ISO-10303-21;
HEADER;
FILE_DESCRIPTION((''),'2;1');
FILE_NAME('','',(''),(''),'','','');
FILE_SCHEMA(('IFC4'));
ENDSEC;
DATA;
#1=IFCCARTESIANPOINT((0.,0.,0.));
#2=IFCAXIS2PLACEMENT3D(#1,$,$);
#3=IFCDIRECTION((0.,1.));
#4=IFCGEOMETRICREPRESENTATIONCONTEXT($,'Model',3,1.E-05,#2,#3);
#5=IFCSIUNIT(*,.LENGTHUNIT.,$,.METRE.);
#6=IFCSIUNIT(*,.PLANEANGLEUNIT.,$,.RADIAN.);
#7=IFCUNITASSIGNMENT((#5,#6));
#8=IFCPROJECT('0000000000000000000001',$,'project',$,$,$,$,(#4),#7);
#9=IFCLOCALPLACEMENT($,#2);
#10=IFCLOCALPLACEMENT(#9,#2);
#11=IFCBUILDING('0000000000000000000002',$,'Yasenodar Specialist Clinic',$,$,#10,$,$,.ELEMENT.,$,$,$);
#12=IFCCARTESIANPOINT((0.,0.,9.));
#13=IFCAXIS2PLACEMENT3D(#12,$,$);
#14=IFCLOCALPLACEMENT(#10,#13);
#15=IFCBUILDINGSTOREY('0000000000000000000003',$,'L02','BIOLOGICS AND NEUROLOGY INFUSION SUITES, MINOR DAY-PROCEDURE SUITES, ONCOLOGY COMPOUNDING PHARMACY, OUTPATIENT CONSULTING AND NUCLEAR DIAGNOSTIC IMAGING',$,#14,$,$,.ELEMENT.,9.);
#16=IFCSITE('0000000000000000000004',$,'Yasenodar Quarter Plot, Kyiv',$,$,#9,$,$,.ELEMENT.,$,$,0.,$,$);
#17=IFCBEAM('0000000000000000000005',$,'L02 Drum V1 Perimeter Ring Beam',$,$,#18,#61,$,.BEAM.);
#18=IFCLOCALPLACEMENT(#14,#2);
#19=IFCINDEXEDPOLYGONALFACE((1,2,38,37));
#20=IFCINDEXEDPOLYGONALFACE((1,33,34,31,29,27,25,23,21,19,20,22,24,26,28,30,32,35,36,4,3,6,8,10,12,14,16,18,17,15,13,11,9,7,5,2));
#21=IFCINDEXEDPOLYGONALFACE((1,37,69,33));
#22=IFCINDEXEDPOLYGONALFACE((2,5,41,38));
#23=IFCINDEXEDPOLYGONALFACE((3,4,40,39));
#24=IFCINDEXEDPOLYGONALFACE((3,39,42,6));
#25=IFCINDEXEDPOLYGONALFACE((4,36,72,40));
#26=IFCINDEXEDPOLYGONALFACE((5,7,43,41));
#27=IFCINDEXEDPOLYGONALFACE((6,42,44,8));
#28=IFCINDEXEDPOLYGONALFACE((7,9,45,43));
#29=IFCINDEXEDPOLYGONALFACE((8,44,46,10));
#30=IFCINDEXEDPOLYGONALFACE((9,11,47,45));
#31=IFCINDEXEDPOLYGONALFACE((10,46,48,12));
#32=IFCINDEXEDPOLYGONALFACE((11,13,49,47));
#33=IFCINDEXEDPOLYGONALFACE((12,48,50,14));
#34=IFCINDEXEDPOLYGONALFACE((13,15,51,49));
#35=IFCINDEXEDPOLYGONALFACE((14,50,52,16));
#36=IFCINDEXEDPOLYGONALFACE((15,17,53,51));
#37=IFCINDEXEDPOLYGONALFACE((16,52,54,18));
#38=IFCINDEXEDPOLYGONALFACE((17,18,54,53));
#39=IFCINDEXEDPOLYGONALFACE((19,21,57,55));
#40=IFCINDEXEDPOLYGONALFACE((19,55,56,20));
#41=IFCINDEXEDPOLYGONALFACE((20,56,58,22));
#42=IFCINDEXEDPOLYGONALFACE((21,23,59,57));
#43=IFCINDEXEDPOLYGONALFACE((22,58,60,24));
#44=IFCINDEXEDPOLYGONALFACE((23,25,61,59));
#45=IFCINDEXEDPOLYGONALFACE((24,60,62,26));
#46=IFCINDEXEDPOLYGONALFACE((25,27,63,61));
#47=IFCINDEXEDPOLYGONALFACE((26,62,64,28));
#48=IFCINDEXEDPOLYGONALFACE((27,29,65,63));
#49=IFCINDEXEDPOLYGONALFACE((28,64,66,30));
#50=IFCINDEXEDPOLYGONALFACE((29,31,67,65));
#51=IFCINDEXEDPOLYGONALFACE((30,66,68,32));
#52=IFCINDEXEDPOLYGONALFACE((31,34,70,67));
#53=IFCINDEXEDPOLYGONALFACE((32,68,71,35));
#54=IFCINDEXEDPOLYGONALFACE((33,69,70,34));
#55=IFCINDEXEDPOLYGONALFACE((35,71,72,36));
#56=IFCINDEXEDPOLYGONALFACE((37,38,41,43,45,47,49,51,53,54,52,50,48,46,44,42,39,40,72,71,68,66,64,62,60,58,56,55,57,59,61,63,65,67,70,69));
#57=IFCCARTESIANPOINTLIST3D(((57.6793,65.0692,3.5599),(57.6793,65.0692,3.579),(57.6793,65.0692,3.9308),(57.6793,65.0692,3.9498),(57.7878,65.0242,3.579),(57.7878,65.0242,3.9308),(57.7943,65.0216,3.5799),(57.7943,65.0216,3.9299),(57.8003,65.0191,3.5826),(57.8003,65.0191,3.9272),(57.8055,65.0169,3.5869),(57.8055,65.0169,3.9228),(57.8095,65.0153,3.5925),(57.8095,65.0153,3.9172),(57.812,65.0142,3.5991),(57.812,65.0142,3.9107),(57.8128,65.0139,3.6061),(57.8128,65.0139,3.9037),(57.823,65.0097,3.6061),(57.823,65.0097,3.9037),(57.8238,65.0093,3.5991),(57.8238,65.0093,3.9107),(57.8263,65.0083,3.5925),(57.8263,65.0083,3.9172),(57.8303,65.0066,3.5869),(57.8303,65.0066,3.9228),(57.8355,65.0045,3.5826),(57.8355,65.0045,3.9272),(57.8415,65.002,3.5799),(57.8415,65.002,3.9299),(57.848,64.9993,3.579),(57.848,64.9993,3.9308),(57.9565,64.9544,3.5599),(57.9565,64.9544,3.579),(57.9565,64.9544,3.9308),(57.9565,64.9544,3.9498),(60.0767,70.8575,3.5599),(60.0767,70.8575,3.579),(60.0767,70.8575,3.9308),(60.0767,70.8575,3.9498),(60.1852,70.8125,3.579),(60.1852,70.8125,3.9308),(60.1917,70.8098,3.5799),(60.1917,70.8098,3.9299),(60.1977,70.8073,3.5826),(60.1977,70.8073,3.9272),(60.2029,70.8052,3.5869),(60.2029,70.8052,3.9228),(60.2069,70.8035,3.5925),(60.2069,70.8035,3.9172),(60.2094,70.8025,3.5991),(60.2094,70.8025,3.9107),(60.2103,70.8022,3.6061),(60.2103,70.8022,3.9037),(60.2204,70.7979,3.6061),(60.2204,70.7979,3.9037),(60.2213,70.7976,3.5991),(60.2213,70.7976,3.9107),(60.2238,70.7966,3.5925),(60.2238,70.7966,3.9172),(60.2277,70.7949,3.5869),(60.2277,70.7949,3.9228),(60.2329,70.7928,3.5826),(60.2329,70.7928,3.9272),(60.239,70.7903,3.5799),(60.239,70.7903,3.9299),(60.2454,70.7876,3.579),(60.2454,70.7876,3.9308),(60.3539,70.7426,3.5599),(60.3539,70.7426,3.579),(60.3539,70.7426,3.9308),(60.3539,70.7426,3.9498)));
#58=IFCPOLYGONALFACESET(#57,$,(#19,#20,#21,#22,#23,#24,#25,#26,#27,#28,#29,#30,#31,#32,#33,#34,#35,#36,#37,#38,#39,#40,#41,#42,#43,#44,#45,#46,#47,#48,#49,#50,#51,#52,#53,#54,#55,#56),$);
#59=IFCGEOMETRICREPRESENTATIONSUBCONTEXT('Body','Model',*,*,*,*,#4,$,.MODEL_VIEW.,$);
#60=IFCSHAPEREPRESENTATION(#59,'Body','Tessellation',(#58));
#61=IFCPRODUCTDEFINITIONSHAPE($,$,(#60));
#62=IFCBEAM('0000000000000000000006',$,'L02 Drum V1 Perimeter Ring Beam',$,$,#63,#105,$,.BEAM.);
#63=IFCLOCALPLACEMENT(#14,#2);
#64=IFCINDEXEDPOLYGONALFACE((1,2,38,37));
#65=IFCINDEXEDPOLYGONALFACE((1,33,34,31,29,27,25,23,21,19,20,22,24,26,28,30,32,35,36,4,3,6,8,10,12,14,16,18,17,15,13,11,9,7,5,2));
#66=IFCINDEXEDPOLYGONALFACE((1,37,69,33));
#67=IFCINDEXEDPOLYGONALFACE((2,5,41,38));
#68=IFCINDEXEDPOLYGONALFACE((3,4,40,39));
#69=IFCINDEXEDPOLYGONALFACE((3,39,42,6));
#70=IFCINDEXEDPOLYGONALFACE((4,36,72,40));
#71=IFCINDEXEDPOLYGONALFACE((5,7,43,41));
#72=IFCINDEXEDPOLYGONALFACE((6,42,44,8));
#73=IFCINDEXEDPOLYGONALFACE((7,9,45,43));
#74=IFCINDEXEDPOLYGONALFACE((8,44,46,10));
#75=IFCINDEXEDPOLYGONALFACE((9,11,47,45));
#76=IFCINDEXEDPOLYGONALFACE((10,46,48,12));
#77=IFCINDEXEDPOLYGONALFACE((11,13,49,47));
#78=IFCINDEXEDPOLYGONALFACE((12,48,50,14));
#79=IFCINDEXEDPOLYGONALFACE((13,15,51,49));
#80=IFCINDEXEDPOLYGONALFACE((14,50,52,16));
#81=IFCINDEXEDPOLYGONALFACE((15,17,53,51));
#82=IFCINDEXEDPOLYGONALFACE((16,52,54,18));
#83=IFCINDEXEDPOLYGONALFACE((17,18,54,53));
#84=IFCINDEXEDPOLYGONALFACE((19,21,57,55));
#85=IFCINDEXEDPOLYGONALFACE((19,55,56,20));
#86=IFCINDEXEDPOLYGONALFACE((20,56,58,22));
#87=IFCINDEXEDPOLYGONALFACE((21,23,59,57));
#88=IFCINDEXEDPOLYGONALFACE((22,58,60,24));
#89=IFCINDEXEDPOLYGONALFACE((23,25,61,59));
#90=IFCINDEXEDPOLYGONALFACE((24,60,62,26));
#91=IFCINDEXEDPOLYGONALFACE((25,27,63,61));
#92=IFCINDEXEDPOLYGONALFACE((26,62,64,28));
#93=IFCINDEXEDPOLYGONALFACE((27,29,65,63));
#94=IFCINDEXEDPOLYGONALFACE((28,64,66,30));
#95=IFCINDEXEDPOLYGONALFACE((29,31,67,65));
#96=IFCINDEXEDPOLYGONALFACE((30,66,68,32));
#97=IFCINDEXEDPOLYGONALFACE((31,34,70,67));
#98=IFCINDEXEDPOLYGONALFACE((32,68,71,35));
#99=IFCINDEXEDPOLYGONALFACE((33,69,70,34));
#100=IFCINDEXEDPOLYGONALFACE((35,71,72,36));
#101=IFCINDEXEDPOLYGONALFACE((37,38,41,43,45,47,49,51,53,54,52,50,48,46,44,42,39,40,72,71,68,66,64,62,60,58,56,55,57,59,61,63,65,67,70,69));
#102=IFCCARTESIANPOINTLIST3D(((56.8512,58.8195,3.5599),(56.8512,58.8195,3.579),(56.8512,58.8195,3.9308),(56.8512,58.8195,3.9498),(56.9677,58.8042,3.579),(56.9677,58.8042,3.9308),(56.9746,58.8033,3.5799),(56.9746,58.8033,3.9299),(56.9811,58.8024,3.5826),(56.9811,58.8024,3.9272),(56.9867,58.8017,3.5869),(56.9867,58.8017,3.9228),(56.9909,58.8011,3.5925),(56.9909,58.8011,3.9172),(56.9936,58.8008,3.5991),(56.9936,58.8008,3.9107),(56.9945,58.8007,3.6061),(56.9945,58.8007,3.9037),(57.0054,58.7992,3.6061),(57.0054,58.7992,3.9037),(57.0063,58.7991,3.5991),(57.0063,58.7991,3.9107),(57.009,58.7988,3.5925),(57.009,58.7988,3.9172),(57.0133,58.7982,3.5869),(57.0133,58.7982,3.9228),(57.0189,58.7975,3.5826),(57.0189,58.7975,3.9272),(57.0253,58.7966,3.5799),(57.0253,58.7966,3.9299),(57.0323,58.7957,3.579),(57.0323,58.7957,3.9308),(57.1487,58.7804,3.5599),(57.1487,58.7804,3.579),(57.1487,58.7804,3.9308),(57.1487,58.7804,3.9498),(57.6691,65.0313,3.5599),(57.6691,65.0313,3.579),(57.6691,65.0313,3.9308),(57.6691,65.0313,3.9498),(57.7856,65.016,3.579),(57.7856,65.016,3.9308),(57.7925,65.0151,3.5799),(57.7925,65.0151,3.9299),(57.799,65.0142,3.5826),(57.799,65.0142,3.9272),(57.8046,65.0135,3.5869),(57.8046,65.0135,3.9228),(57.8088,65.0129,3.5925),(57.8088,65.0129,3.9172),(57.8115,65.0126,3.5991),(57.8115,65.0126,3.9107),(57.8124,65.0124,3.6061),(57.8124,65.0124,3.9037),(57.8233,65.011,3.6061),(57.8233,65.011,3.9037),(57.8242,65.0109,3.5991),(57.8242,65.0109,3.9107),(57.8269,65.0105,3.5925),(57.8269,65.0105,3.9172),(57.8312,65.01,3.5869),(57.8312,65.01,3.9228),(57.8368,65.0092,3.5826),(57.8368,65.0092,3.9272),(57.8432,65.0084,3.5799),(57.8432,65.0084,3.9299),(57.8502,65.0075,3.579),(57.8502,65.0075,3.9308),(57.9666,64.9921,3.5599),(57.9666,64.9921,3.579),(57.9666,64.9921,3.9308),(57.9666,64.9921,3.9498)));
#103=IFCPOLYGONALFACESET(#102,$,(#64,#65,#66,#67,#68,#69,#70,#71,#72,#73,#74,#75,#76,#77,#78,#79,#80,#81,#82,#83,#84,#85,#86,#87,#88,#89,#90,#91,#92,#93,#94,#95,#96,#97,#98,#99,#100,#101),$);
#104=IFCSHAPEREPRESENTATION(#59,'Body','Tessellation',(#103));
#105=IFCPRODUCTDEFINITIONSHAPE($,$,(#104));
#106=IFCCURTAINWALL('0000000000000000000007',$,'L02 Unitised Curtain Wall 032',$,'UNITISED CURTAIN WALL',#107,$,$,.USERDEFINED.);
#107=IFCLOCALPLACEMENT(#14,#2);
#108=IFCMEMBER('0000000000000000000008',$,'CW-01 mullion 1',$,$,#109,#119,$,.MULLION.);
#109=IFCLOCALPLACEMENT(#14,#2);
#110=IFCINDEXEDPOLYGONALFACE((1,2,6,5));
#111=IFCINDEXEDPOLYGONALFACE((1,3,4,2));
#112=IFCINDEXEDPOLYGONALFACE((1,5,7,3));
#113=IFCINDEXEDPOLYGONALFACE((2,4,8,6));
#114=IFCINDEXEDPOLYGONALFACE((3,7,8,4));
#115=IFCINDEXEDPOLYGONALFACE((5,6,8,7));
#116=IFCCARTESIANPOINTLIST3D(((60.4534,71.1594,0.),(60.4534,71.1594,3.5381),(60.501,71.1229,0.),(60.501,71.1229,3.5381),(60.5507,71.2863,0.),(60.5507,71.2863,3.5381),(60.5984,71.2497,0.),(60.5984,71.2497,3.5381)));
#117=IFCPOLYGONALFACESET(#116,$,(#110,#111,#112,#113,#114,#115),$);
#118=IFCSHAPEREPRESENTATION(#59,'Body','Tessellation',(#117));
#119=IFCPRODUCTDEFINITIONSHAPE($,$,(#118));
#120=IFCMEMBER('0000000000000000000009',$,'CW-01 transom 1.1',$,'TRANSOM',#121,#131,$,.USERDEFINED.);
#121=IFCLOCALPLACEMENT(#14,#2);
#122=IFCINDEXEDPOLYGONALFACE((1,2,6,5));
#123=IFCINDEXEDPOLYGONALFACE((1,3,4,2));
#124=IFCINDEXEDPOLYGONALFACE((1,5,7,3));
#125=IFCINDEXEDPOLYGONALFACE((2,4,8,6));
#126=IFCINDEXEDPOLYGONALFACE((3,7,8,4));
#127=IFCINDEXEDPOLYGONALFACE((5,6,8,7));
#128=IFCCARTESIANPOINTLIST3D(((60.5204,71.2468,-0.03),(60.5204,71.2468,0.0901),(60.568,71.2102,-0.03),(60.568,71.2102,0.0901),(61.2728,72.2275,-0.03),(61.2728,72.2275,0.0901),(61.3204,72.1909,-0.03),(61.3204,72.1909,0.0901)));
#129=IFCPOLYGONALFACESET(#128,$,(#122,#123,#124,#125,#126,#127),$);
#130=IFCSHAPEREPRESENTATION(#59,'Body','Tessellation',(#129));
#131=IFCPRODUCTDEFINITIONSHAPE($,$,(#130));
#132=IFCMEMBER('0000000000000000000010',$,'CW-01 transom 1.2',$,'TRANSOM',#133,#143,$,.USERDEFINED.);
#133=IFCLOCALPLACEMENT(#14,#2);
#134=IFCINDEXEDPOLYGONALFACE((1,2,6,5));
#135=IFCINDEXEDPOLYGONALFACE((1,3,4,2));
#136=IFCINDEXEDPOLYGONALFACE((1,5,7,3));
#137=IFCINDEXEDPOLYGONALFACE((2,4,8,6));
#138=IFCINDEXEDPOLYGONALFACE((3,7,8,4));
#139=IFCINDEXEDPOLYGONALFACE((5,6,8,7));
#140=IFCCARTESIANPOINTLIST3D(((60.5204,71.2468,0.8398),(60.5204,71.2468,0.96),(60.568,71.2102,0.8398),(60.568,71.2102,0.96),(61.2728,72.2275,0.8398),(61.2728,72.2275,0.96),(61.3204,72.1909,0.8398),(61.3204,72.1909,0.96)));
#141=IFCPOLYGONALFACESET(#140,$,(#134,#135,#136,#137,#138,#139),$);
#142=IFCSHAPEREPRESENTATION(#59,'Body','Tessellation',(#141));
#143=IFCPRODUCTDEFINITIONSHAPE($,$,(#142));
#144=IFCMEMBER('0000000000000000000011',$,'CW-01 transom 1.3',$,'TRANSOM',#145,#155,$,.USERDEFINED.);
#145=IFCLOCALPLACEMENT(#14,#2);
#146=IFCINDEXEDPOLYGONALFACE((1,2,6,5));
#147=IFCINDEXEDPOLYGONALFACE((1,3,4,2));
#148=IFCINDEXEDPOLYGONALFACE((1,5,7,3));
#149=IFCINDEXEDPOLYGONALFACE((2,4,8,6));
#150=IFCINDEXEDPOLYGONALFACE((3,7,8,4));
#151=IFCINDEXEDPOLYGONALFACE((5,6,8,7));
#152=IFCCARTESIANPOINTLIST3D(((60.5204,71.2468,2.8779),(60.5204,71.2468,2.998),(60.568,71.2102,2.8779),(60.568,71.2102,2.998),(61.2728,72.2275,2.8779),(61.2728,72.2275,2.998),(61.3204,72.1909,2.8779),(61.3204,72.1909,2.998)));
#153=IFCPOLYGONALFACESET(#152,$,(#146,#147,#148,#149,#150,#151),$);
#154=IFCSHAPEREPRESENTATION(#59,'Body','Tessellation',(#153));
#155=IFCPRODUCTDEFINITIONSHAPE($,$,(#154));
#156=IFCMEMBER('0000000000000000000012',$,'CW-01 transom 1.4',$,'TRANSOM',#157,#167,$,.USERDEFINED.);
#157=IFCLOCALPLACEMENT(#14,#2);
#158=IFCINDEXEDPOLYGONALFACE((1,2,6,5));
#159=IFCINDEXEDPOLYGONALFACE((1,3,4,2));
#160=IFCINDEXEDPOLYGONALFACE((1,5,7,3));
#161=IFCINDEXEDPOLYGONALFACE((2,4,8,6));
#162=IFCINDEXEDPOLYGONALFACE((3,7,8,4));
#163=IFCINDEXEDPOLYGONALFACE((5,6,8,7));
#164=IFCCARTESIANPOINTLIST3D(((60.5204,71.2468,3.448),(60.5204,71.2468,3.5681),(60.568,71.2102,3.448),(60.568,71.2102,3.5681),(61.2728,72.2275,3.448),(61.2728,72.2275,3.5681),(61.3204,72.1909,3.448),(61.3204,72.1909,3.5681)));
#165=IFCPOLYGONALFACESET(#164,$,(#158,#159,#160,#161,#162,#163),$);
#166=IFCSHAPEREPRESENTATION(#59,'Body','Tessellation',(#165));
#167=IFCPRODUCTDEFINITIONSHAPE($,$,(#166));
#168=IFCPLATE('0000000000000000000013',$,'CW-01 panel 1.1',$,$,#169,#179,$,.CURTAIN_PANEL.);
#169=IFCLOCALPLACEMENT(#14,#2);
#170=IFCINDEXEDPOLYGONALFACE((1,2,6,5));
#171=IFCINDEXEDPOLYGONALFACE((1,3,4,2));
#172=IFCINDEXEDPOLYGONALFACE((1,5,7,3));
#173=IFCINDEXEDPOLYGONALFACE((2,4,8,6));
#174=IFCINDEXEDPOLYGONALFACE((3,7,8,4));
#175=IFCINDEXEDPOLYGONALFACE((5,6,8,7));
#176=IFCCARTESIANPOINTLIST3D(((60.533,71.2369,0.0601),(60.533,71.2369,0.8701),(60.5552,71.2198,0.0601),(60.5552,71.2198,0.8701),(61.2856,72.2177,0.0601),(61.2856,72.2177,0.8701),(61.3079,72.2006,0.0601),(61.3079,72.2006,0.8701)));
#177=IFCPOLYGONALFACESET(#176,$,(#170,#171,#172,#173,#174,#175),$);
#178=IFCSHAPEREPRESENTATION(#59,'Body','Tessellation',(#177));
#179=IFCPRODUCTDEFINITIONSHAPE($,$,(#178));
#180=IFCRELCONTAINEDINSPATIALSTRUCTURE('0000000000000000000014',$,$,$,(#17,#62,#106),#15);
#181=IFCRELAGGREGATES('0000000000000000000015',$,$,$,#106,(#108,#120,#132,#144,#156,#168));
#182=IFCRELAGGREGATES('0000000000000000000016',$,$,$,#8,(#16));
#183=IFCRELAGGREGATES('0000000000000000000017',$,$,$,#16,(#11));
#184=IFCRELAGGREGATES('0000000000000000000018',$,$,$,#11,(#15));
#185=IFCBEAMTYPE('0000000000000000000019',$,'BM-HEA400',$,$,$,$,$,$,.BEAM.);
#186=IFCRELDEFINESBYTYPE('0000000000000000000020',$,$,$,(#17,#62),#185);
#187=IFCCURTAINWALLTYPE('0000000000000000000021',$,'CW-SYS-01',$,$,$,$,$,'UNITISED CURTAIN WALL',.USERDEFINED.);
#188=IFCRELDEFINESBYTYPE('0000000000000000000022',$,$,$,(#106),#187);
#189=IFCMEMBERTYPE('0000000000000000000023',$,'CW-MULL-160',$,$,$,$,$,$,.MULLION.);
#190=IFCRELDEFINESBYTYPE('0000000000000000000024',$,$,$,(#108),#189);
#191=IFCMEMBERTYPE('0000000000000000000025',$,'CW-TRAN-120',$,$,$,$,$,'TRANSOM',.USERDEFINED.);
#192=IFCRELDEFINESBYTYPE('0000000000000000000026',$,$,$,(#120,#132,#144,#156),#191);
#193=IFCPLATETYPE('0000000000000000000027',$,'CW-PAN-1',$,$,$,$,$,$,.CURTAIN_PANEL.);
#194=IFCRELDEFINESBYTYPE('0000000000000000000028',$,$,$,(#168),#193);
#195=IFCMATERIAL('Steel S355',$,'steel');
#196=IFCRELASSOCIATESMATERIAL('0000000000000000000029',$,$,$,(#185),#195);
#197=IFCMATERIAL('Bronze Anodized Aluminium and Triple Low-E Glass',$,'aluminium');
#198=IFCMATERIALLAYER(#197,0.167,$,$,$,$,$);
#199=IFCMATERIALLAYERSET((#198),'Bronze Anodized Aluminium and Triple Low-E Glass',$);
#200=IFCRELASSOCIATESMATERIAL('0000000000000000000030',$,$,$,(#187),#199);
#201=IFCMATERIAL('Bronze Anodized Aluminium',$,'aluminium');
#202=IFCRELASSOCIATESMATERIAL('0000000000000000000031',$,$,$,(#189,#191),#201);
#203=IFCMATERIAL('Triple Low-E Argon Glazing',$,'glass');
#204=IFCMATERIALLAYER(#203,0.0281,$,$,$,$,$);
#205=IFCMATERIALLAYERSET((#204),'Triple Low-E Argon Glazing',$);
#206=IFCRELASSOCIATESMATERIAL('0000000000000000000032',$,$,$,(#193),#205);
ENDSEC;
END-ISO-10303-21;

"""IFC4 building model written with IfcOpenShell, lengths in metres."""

from ifc_helpers import new_model, si_unit, direction, frame, origin, origin_2d, place, context, subcontext, project, spatial, rectangle, i_section, extrude, material, layer, layer_set, material_profile, profile_set, type_object, element, aggregate, save


model = new_model("IFC4")

# Units and contexts
model_context = context("Model", 3, precision=1e-05, world=origin(), true_north=direction((0.0, 1.0)))
body_context = subcontext(model_context, "Body", "Model", "MODEL_VIEW")
ifc_project = project(units=[si_unit("LENGTHUNIT", "METRE"), si_unit("PLANEANGLEUNIT", "RADIAN")], contexts=[model_context])

# Site, building, storey
site_placement = place(None, origin())
site = spatial("IfcSite", under=ifc_project, at=site_placement, Name="Yasenodar Quarter Plot, Kyiv", CompositionType="ELEMENT", RefElevation=0.0)
building_placement = place(site_placement, origin())
building = spatial("IfcBuilding", under=site, at=building_placement, Name="Yasenodar Specialist Clinic", CompositionType="ELEMENT")
storey_placement = place(building_placement, frame((0.0, 0.0, 9.0)))
storey = spatial("IfcBuildingStorey", under=building, at=storey_placement, Name="L02", Description="BIOLOGICS AND NEUROLOGY INFUSION SUITES, MINOR DAY-PROCEDURE SUITES, ONCOLOGY COMPOUNDING PHARMACY, OUTPATIENT CONSULTING AND NUCLEAR DIAGNOSTIC IMAGING", CompositionType="ELEMENT", Elevation=9.0)

# Shared definitions
ifc_material_1 = material(Name="Steel S355", Category="steel")

# Beams
ifc_material_profile_1 = material_profile(ifc_material_1, i_section(OverallWidth=0.3, OverallDepth=0.3899, WebThickness=0.011, FlangeThickness=0.019, FilletRadius=0.0271, at=origin_2d()), Name="HEA 400")
ifc_profile_set_1 = profile_set([ifc_material_profile_1], Name="Steel S355")
beam_type = type_object("IfcBeamType", Name="BM-HEA400", PredefinedType="BEAM", material=ifc_profile_set_1)
beam_1_placement = place(storey_placement, frame((60.2153, 70.8, 3.7549), z_axis=(-0.382664, -0.923888, 0.0), x_axis=(0.923888, -0.382664, 0.0)))
element("IfcBeam", 1, at=beam_1_placement, inside=storey, type_object=beam_type, Name="L02 Drum V1 Perimeter Ring Beam", PredefinedType="BEAM", context=body_context, shape_type="SweptSolid", body=[
    extrude(i_section(OverallWidth=0.3, OverallDepth=0.3899, WebThickness=0.011, FlangeThickness=0.019, FilletRadius=0.0271, at=origin_2d()), origin(), (0.0, 0.0, 1.0), 6.2651),
])
beam_2_placement = place(storey_placement, frame((57.8179, 65.0117, 3.7549), z_axis=(-0.13054, -0.991443, 0.0), x_axis=(0.991443, -0.13054, 0.0)))
element("IfcBeam", 2, at=beam_2_placement, inside=storey, type_object=beam_type, Name="L02 Drum V1 Perimeter Ring Beam", PredefinedType="BEAM", context=body_context, shape_type="SweptSolid", body=[
    extrude(i_section(OverallWidth=0.3, OverallDepth=0.3899, WebThickness=0.011, FlangeThickness=0.019, FilletRadius=0.0271, at=origin_2d()), origin(), (0.0, 0.0, 1.0), 6.2654),
])

# Curtain wall, members, plate
ifc_material_2 = material(Name="Bronze Anodized Aluminium and Triple Low-E Glass", Category="aluminium")
ifc_layer_1 = layer(ifc_material_2, 0.167)
ifc_layer_set_1 = layer_set([ifc_layer_1], Name="Bronze Anodized Aluminium and Triple Low-E Glass")
curtain_wall_type = type_object("IfcCurtainWallType", Name="CW-SYS-01", ElementType="UNITISED CURTAIN WALL", PredefinedType="USERDEFINED", material=ifc_layer_set_1)
curtain_wall_placement = place(storey_placement, origin())
curtain_wall = element("IfcCurtainWall", 3, at=curtain_wall_placement, inside=storey, type_object=curtain_wall_type, Name="L02 Unitised Curtain Wall 032", ObjectType="UNITISED CURTAIN WALL", PredefinedType="USERDEFINED")
ifc_material_3 = material(Name="Bronze Anodized Aluminium", Category="aluminium")
ifc_material_profile_2 = material_profile(ifc_material_3, rectangle(XDim=0.0601, YDim=0.1599, at=origin_2d()), Name="CW-MULL 60x160")
ifc_profile_set_2 = profile_set([ifc_material_profile_2], Name="Bronze Anodized Aluminium")
member_type_1 = type_object("IfcMemberType", Name="CW-MULL-160", PredefinedType="MULLION", material=ifc_profile_set_2)
member_1_placement = place(storey_placement, frame((60.5259, 71.2046, 0.0), z_axis=(0.0, 0.0, 1.0), x_axis=(-0.793361, 0.608752, 0.0)))
member_1 = element("IfcMember", 4, at=member_1_placement, type_object=member_type_1, Name="CW-01 mullion 1", PredefinedType="MULLION", context=body_context, shape_type="SweptSolid", body=[
    extrude(rectangle(XDim=0.0601, YDim=0.1599, at=origin_2d()), origin(), (0.0, 0.0, 1.0), 3.5381),
])
ifc_material_profile_3 = material_profile(ifc_material_3, rectangle(XDim=0.0601, YDim=0.1201, at=origin_2d()), Name="CW-TRAN 60x120")
ifc_profile_set_3 = profile_set([ifc_material_profile_3], Name="Bronze Anodized Aluminium")
member_type_2 = type_object("IfcMemberType", Name="CW-TRAN-120", ElementType="TRANSOM", PredefinedType="USERDEFINED", material=ifc_profile_set_3)
member_2_placement = place(storey_placement, frame((60.5442, 71.2285, 0.03), z_axis=(0.608718, 0.793387, 0.0), x_axis=(-0.793387, 0.608718, 0.0)))
member_2 = element("IfcMember", 5, at=member_2_placement, type_object=member_type_2, Name="CW-01 transom 1.1", ObjectType="TRANSOM", PredefinedType="USERDEFINED", context=body_context, shape_type="SweptSolid", body=[
    extrude(rectangle(XDim=0.0601, YDim=0.1201, at=origin_2d()), origin(), (0.0, 0.0, 1.0), 1.2361),
])
member_3_placement = place(storey_placement, frame((60.5442, 71.2285, 0.8999), z_axis=(0.608718, 0.793387, 0.0), x_axis=(-0.793387, 0.608718, 0.0)))
member_3 = element("IfcMember", 6, at=member_3_placement, type_object=member_type_2, Name="CW-01 transom 1.2", ObjectType="TRANSOM", PredefinedType="USERDEFINED", context=body_context, shape_type="SweptSolid", body=[
    extrude(rectangle(XDim=0.0601, YDim=0.1201, at=origin_2d()), origin(), (0.0, 0.0, 1.0), 1.2361),
])
member_4_placement = place(storey_placement, frame((60.5442, 71.2285, 2.938), z_axis=(0.608718, 0.793387, 0.0), x_axis=(-0.793387, 0.608718, 0.0)))
member_4 = element("IfcMember", 7, at=member_4_placement, type_object=member_type_2, Name="CW-01 transom 1.3", ObjectType="TRANSOM", PredefinedType="USERDEFINED", context=body_context, shape_type="SweptSolid", body=[
    extrude(rectangle(XDim=0.0601, YDim=0.1201, at=origin_2d()), origin(), (0.0, 0.0, 1.0), 1.2361),
])
member_5_placement = place(storey_placement, frame((60.5442, 71.2285, 3.5081), z_axis=(0.608718, 0.793387, 0.0), x_axis=(-0.793387, 0.608718, 0.0)))
member_5 = element("IfcMember", 8, at=member_5_placement, type_object=member_type_2, Name="CW-01 transom 1.4", ObjectType="TRANSOM", PredefinedType="USERDEFINED", context=body_context, shape_type="SweptSolid", body=[
    extrude(rectangle(XDim=0.0601, YDim=0.1201, at=origin_2d()), origin(), (0.0, 0.0, 1.0), 1.2361),
])
ifc_material_4 = material(Name="Triple Low-E Argon Glazing", Category="glass")
ifc_layer_2 = layer(ifc_material_4, 0.0281)
ifc_layer_set_2 = layer_set([ifc_layer_2], Name="Triple Low-E Argon Glazing")
plate_type_1 = type_object("IfcPlateType", Name="CW-PAN-1", PredefinedType="CURTAIN_PANEL", material=ifc_layer_set_2)
plate_placement = place(storey_placement, frame((60.9204, 71.7188, 0.0601), z_axis=(0.0, 0.0, 1.0), x_axis=(0.608752, 0.793361, 0.0)))
plate = element("IfcPlate", 9, at=plate_placement, type_object=plate_type_1, Name="CW-01 panel 1.1", PredefinedType="CURTAIN_PANEL", context=body_context, shape_type="SweptSolid", body=[
    extrude(rectangle(XDim=1.2363, YDim=0.0281, at=origin_2d()), origin(), (0.0, 0.0, 1.0), 0.8101),
])
aggregate(curtain_wall, [member_1, member_2, member_3, member_4, member_5, plate])

save(model, "model.ifc")
